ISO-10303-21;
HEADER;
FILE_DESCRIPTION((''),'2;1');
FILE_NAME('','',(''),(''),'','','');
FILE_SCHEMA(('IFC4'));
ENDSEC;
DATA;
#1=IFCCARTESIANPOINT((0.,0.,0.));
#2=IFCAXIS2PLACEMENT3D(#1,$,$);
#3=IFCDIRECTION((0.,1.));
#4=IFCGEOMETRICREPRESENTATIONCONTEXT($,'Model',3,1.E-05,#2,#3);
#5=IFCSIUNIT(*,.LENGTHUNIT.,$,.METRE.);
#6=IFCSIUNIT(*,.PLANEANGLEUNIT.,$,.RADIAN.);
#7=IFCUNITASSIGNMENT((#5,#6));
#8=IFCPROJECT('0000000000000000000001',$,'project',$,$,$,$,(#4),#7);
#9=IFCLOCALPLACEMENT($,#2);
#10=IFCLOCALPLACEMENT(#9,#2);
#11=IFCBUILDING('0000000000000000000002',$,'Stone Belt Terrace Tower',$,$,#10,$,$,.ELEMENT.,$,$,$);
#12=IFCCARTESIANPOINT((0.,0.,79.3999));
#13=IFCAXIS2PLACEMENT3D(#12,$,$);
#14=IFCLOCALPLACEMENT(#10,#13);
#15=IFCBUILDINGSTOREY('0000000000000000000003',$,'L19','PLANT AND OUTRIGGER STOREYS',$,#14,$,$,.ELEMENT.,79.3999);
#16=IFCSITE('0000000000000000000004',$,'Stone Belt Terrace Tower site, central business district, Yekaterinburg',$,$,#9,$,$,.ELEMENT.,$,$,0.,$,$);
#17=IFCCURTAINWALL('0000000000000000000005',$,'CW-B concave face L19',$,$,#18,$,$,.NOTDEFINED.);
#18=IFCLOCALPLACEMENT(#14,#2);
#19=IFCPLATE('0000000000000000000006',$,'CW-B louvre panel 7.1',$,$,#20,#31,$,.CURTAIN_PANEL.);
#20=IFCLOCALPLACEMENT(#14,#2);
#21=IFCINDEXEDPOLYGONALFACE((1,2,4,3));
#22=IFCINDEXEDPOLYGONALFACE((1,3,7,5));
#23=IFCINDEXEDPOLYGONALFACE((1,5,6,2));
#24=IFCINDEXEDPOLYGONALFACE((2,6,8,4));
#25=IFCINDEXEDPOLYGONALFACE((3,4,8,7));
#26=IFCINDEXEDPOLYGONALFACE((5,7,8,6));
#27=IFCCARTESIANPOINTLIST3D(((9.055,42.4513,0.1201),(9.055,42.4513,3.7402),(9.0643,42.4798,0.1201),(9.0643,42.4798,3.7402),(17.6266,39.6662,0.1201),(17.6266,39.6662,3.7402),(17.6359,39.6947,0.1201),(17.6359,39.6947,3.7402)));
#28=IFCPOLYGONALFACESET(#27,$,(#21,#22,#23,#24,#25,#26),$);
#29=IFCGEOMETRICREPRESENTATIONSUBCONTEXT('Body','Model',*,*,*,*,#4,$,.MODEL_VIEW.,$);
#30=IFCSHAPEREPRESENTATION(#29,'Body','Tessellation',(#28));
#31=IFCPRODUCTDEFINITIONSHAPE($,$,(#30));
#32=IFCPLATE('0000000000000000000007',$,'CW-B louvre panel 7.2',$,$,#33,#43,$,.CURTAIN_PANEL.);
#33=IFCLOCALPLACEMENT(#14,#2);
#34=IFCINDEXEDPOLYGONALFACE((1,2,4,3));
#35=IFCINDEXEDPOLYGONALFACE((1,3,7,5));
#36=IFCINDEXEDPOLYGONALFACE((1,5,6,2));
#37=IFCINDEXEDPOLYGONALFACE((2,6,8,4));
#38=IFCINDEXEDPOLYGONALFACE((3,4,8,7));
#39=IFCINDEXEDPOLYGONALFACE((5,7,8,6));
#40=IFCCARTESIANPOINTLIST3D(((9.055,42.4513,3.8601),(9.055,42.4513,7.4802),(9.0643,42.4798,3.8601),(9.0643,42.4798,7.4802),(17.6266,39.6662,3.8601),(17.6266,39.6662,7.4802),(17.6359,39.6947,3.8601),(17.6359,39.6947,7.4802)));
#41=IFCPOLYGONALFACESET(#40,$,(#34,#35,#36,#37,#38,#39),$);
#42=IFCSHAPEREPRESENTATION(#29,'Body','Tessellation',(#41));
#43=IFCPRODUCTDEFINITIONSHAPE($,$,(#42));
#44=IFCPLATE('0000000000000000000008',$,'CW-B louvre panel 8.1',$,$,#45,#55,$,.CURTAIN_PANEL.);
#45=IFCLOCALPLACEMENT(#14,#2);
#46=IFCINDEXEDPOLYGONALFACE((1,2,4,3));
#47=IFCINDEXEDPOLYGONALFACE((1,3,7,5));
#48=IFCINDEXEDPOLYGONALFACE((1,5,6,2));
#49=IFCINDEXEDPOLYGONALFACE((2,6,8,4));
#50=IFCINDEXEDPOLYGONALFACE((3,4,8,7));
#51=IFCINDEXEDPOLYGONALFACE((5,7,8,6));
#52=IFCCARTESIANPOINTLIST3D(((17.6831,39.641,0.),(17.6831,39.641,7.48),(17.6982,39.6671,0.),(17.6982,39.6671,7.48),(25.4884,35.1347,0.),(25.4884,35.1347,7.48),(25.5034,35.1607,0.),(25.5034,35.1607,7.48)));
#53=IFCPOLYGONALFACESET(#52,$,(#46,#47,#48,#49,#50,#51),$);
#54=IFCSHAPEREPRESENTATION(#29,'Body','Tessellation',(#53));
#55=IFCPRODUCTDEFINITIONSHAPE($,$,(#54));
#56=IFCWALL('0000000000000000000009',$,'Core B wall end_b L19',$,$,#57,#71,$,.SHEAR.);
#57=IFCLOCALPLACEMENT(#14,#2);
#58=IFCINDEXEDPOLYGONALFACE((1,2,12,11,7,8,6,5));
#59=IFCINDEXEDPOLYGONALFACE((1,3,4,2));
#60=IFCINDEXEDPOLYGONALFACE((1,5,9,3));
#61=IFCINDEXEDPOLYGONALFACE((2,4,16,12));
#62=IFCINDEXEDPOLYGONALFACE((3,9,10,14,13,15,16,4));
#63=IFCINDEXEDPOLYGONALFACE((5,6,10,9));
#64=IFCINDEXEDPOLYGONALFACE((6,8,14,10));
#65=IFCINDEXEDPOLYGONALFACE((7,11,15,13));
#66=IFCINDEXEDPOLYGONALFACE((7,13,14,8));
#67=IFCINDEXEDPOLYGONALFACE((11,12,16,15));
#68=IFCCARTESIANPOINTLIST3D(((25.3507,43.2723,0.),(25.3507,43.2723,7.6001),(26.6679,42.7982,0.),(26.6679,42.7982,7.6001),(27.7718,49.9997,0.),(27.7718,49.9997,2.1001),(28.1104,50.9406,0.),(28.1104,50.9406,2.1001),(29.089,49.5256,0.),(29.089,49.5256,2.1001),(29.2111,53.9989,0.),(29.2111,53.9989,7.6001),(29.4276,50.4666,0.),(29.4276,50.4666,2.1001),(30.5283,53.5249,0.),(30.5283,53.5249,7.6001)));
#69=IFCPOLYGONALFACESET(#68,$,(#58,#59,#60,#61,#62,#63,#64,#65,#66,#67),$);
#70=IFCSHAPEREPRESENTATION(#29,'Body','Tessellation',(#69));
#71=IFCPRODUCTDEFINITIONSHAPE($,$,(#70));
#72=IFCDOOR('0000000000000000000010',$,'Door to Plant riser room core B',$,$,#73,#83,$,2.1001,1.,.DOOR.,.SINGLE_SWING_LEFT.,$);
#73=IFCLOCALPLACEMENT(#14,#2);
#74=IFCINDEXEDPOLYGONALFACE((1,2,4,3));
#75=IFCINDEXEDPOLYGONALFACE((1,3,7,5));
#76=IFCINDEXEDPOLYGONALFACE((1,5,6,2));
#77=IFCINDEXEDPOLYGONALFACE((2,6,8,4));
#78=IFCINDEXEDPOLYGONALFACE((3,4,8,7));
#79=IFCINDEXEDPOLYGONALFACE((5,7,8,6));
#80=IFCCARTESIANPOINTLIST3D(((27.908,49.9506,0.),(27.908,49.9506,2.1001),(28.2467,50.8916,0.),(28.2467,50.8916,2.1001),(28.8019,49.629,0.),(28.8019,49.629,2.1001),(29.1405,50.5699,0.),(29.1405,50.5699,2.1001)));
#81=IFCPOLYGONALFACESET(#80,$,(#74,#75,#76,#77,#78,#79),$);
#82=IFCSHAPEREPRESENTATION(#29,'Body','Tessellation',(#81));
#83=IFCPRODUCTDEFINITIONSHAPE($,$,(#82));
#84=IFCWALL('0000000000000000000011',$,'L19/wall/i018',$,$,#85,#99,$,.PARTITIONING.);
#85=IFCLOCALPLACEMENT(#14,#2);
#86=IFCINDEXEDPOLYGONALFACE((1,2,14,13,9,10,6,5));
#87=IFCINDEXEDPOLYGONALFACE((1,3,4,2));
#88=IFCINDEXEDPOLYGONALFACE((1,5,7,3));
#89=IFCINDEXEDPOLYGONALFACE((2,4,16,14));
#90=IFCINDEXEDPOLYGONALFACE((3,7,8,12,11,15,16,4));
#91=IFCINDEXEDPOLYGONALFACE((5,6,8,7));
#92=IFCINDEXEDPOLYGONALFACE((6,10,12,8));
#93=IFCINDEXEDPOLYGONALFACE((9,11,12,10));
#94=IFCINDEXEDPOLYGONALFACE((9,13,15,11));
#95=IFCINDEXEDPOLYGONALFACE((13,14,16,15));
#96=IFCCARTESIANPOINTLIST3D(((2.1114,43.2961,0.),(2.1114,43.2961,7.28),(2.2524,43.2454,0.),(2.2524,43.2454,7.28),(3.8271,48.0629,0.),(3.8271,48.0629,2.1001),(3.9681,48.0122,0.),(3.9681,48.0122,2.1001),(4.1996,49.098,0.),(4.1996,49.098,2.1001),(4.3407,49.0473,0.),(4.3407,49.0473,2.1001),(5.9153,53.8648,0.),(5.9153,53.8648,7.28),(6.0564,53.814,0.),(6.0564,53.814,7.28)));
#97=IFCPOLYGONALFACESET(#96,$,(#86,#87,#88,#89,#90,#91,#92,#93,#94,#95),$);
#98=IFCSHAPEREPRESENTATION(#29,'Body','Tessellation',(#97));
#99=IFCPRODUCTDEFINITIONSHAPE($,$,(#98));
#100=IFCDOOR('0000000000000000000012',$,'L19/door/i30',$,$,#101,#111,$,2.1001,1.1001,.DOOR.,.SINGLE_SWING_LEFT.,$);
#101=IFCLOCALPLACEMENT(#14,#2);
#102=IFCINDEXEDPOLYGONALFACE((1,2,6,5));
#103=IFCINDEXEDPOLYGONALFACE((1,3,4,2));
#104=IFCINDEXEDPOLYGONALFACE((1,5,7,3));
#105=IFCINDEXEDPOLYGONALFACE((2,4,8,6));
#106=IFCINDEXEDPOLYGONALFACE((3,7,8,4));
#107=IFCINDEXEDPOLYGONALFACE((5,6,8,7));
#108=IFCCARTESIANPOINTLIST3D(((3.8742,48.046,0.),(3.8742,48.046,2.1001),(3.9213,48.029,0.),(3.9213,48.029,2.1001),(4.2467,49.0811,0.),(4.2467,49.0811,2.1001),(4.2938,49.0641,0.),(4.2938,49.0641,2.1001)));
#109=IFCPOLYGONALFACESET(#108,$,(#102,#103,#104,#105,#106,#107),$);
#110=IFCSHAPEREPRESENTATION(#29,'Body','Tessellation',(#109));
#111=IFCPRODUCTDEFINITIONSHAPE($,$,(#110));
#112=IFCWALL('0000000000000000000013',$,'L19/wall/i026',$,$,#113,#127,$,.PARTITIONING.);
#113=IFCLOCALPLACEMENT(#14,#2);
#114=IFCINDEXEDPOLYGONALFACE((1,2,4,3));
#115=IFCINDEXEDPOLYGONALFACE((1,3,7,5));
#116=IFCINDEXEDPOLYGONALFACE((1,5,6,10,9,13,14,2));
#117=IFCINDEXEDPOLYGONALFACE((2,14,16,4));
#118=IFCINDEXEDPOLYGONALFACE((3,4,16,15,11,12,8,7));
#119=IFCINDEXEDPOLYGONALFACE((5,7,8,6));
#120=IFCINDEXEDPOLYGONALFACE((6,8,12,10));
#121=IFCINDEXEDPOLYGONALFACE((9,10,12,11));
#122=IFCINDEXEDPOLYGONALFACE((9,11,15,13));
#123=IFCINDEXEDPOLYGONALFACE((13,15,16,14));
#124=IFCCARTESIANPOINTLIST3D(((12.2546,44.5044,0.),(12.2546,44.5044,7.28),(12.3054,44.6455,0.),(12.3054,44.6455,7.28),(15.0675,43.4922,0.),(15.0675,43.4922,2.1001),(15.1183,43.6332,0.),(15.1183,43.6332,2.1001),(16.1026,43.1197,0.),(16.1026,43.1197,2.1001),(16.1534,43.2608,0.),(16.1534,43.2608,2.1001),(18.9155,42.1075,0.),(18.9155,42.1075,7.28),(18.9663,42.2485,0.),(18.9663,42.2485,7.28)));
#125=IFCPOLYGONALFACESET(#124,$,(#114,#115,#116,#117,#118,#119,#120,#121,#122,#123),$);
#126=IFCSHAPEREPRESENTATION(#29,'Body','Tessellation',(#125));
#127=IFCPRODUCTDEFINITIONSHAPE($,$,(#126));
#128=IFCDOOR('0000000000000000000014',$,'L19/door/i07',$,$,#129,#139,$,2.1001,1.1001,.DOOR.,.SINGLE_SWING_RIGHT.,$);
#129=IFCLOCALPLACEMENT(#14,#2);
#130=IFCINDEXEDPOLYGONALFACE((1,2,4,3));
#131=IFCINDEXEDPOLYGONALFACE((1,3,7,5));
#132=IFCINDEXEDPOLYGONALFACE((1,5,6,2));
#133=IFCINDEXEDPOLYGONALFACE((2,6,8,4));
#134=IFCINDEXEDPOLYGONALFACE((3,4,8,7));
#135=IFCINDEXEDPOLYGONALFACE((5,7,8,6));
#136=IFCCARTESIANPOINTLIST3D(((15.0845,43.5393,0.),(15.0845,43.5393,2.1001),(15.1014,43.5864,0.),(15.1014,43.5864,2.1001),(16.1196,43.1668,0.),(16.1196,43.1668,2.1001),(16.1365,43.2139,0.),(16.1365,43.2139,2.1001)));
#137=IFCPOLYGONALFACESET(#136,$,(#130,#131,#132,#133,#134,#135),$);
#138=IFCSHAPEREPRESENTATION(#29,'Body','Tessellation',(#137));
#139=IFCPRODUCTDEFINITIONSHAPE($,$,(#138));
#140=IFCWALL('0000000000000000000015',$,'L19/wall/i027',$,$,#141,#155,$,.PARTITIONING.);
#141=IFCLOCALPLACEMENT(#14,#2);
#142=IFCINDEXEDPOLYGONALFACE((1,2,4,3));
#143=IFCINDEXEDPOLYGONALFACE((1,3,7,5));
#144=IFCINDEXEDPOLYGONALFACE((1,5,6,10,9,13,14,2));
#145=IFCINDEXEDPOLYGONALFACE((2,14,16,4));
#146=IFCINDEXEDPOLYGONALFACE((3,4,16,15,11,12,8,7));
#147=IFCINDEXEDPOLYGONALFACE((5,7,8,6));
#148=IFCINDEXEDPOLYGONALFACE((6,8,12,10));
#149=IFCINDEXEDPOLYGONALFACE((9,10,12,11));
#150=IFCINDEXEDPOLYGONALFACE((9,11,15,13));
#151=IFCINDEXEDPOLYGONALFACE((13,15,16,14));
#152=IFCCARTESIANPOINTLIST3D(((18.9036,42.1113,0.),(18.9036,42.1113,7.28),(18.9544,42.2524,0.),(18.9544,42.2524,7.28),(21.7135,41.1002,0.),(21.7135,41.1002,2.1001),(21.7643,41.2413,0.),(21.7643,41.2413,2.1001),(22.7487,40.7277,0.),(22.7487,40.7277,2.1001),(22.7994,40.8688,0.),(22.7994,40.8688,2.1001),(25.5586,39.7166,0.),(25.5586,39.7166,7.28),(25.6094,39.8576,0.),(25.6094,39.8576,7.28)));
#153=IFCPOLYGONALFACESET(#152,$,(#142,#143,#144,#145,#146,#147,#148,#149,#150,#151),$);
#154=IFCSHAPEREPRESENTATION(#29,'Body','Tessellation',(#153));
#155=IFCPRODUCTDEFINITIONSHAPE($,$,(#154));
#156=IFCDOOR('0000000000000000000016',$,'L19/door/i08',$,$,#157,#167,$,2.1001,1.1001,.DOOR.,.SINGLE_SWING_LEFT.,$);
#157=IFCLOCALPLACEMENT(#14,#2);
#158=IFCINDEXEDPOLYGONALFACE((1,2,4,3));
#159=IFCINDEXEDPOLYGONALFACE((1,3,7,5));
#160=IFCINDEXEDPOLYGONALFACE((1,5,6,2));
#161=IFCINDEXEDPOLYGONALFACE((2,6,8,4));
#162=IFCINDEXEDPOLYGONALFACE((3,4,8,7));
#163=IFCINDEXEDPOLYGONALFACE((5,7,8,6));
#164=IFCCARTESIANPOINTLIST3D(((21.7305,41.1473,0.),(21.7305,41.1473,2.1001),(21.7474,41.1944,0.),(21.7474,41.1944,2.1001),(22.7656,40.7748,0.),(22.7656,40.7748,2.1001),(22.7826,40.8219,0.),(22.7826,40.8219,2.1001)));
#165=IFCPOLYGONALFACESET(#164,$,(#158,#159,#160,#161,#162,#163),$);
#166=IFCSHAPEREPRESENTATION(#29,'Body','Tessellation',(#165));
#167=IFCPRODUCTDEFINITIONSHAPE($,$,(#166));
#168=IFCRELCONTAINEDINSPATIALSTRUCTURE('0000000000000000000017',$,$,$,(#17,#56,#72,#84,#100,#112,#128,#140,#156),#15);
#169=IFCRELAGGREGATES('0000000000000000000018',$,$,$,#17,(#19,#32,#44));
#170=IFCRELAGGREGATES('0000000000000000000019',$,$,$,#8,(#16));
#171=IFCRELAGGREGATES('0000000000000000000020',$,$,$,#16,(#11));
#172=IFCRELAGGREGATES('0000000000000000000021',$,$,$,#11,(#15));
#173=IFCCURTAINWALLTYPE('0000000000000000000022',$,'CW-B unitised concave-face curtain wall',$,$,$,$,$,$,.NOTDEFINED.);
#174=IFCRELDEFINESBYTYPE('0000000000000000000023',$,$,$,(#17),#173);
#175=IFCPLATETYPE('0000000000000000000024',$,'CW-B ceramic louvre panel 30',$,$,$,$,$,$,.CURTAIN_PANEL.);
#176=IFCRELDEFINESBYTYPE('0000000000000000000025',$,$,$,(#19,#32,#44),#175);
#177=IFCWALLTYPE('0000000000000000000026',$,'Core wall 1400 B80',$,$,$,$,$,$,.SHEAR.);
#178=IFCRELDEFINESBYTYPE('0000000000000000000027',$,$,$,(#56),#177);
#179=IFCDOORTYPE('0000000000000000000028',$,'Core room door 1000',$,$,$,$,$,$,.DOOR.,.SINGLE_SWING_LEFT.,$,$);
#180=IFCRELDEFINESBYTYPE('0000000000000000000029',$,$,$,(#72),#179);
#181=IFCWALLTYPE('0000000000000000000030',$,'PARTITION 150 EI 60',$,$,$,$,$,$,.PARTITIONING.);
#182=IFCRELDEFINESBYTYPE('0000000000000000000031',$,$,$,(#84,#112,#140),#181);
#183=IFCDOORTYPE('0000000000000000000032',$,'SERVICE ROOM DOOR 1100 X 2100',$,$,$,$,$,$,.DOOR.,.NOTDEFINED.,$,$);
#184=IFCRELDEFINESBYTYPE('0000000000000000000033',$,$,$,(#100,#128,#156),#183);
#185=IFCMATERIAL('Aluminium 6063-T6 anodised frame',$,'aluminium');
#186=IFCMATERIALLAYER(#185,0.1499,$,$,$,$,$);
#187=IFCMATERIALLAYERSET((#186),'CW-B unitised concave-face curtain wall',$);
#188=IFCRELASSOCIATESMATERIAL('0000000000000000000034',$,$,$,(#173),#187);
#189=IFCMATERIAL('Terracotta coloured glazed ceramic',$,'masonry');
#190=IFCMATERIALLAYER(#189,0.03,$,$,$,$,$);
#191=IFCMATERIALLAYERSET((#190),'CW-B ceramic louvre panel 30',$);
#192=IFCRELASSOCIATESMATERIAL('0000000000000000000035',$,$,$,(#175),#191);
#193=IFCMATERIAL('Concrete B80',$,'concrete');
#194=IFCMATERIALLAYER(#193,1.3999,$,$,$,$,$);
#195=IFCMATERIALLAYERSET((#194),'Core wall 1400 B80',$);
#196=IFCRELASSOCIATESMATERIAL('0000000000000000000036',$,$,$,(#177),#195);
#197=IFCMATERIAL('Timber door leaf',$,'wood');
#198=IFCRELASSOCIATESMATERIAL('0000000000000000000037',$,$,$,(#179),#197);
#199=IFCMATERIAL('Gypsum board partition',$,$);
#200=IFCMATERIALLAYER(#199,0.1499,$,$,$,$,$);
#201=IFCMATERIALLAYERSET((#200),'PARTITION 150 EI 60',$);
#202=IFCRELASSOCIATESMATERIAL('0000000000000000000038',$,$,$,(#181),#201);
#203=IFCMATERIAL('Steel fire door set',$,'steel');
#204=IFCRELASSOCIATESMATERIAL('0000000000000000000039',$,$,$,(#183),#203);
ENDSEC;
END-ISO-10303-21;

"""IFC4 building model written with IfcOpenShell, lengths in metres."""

from ifc_helpers import new_model, si_unit, direction, frame, frame_2d, origin, origin_2d, place, context, subcontext, project, spatial, rectangle, extrude, material, layer, layer_set, type_object, element, fill, aggregate, save


model = new_model("IFC4")

# Units and contexts
model_context = context("Model", 3, precision=1e-05, world=origin(), true_north=direction((0.0, 1.0)))
body_context = subcontext(model_context, "Body", "Model", "MODEL_VIEW")
ifc_project = project(units=[si_unit("LENGTHUNIT", "METRE"), si_unit("PLANEANGLEUNIT", "RADIAN")], contexts=[model_context])

# Site, building, storey
site_placement = place(None, origin())
site = spatial("IfcSite", under=ifc_project, at=site_placement, Name="Stone Belt Terrace Tower site, central business district, Yekaterinburg", CompositionType="ELEMENT", RefElevation=0.0)
building_placement = place(site_placement, origin())
building = spatial("IfcBuilding", under=site, at=building_placement, Name="Stone Belt Terrace Tower", CompositionType="ELEMENT")
storey_placement = place(building_placement, frame((0.0, 0.0, 79.3999)))
storey = spatial("IfcBuildingStorey", under=building, at=storey_placement, Name="L19", Description="PLANT AND OUTRIGGER STOREYS", CompositionType="ELEMENT", Elevation=79.3999)

# Shared definitions
ifc_material_1 = material(Name="Concrete B80", Category="concrete")

# Curtain wall
ifc_material_2 = material(Name="Aluminium 6063-T6 anodised frame", Category="aluminium")
ifc_layer_1 = layer(ifc_material_2, 0.1499)
ifc_layer_set_1 = layer_set([ifc_layer_1], Name="CW-B unitised concave-face curtain wall")
curtain_wall_type = type_object("IfcCurtainWallType", Name="CW-B unitised concave-face curtain wall", PredefinedType="NOTDEFINED", material=ifc_layer_set_1)
curtain_wall_placement = place(storey_placement, origin())
curtain_wall = element("IfcCurtainWall", 1, at=curtain_wall_placement, inside=storey, type_object=curtain_wall_type, Name="CW-B concave face L19", PredefinedType="NOTDEFINED")

# Plates
ifc_material_3 = material(Name="Terracotta coloured glazed ceramic", Category="masonry")
ifc_layer_2 = layer(ifc_material_3, 0.03)
ifc_layer_set_2 = layer_set([ifc_layer_2], Name="CW-B ceramic louvre panel 30")
plate_type = type_object("IfcPlateType", Name="CW-B ceramic louvre panel 30", PredefinedType="CURTAIN_PANEL", material=ifc_layer_set_2)
plate_1_placement = place(storey_placement, frame((13.3455, 41.073, 0.1201), z_axis=(0.0, 0.0, 1.0), x_axis=(0.951057, -0.309017, 0.0)))
plate_1 = element("IfcPlate", 2, at=plate_1_placement, type_object=plate_type, Name="CW-B louvre panel 7.1", PredefinedType="CURTAIN_PANEL", context=body_context, shape_type="SweptSolid", body=[
    extrude(rectangle(XDim=9.0127, YDim=0.03, at=origin_2d()), origin(), (0.0, 0.0, 1.0), 3.6201),
])
plate_2_placement = place(storey_placement, frame((13.3455, 41.073, 3.8601), z_axis=(0.0, 0.0, 1.0), x_axis=(0.951057, -0.309017, 0.0)))
plate_2 = element("IfcPlate", 3, at=plate_2_placement, type_object=plate_type, Name="CW-B louvre panel 7.2", PredefinedType="CURTAIN_PANEL", context=body_context, shape_type="SweptSolid", body=[
    extrude(rectangle(XDim=9.0127, YDim=0.03, at=origin_2d()), origin(), (0.0, 0.0, 1.0), 3.6201),
])
plate_3_placement = place(storey_placement, frame((21.5933, 37.4009, 0.0), z_axis=(0.0, 0.0, 1.0), x_axis=(0.866025, -0.5, 0.0)))
plate_3 = element("IfcPlate", 4, at=plate_3_placement, type_object=plate_type, Name="CW-B louvre panel 8.1", PredefinedType="CURTAIN_PANEL", context=body_context, shape_type="SweptSolid", body=[
    extrude(rectangle(XDim=9.0127, YDim=0.03, at=origin_2d()), origin(), (0.0, 0.0, 1.0), 7.48),
])
aggregate(curtain_wall, [plate_1, plate_2, plate_3])

# Walls, openings, doors
ifc_layer_3 = layer(ifc_material_1, 1.3999)
ifc_layer_set_3 = layer_set([ifc_layer_3], Name="Core wall 1400 B80")
wall_type_1 = type_object("IfcWallType", Name="Core wall 1400 B80", PredefinedType="SHEAR", material=ifc_layer_set_3)
wall_1_placement = place(storey_placement, frame((26.0093, 43.0352, 0.0), z_axis=(0.0, 0.0, 1.0), x_axis=(0.338625, 0.940921, 0.0)))
wall_1 = element("IfcWall", 5, at=wall_1_placement, inside=storey, type_object=wall_type_1, Name="Core B wall end_b L19", PredefinedType="SHEAR", context=body_context, shape_type="SweptSolid", body=[
    extrude(rectangle(XDim=11.4001, YDim=1.3999, at=frame_2d((5.7002, 0.0))), origin(), (0.0, 0.0, 1.0), 7.6001),
])
opening_1_placement = place(wall_1_placement, frame((7.1499, 0.0, 0.0)))
opening_1 = element("IfcOpeningElement", 6, at=opening_1_placement, cuts=wall_1, PredefinedType="OPENING", context=body_context, shape_type="SweptSolid", body=[
    extrude(rectangle(XDim=1.0, YDim=2.1001, at=frame_2d((0.5, 1.05))), frame((0.0, 0.71, 0.0), z_axis=(0.0, -1.0, 0.0), x_axis=(1.0, 0.0, 0.0)), (0.0, 0.0, 1.0), 1.4199),
])
ifc_material_4 = material(Name="Timber door leaf", Category="wood")
door_type_1 = type_object("IfcDoorType", Name="Core room door 1000", OperationType="SINGLE_SWING_LEFT", PredefinedType="DOOR", material=ifc_material_4)
door_1_placement = place(opening_1_placement, origin())
door_1 = element("IfcDoor", 7, at=door_1_placement, inside=storey, type_object=door_type_1, Name="Door to Plant riser room core B", OperationType="SINGLE_SWING_LEFT", OverallHeight=2.1001, OverallWidth=1.0, PredefinedType="DOOR", context=body_context, shape_type="SweptSolid", body=[
    extrude(rectangle(XDim=1.0, YDim=2.1001, at=frame_2d((0.5, 1.05))), frame((0.0, 0.5552, 0.0), z_axis=(0.0, -1.0, 0.0), x_axis=(1.0, 0.0, 0.0)), (0.0, 0.0, 1.0), 0.95),
])
fill(opening_1, door_1)
ifc_material_5 = material(Name="Gypsum board partition")
ifc_layer_4 = layer(ifc_material_5, 0.1499)
ifc_layer_set_4 = layer_set([ifc_layer_4], Name="PARTITION 150 EI 60")
wall_type_2 = type_object("IfcWallType", Name="PARTITION 150 EI 60", PredefinedType="PARTITIONING", material=ifc_layer_set_4)
wall_2_placement = place(storey_placement, frame((2.1819, 43.2708, 0.0), z_axis=(0.0, 0.0, 1.0), x_axis=(0.338661, 0.940908, 0.0)))
wall_2 = element("IfcWall", 8, at=wall_2_placement, inside=storey, type_object=wall_type_2, Name="L19/wall/i018", PredefinedType="PARTITIONING", context=body_context, shape_type="SweptSolid", body=[
    extrude(rectangle(XDim=11.2324, YDim=0.1499, at=frame_2d((5.6162, 0.0))), origin(), (0.0, 0.0, 1.0), 7.28),
])
opening_2_placement = place(wall_2_placement, frame((5.0662, 0.0, 0.0)))
opening_2 = element("IfcOpeningElement", 9, at=opening_2_placement, cuts=wall_2, PredefinedType="OPENING", context=body_context, shape_type="SweptSolid", body=[
    extrude(rectangle(XDim=1.1001, YDim=2.1001, at=frame_2d((0.55, 1.05))), frame((0.0, 0.085, 0.0), z_axis=(0.0, -1.0, 0.0), x_axis=(1.0, 0.0, 0.0)), (0.0, 0.0, 1.0), 0.1699),
])
ifc_material_6 = material(Name="Steel fire door set", Category="steel")
door_type_2 = type_object("IfcDoorType", Name="SERVICE ROOM DOOR 1100 X 2100", OperationType="NOTDEFINED", PredefinedType="DOOR", material=ifc_material_6)
door_2_placement = place(opening_2_placement, origin())
door_2 = element("IfcDoor", 10, at=door_2_placement, inside=storey, type_object=door_type_2, Name="L19/door/i30", OperationType="SINGLE_SWING_LEFT", OverallHeight=2.1001, OverallWidth=1.1001, PredefinedType="DOOR", context=body_context, shape_type="SweptSolid", body=[
    extrude(rectangle(XDim=1.1001, YDim=2.1001, at=frame_2d((0.55, 1.05))), frame((0.0, 0.0249, 0.0), z_axis=(0.0, -1.0, 0.0), x_axis=(1.0, 0.0, 0.0)), (0.0, 0.0, 1.0), 0.05),
])
fill(opening_2, door_2)
wall_3_placement = place(storey_placement, frame((18.9409, 42.178, 0.0), z_axis=(0.0, 0.0, 1.0), x_axis=(-0.94093, 0.338601, 0.0)))
wall_3 = element("IfcWall", 11, at=wall_3_placement, inside=storey, type_object=wall_type_2, Name="L19/wall/i026", PredefinedType="PARTITIONING", context=body_context, shape_type="SweptSolid", body=[
    extrude(rectangle(XDim=7.0791, YDim=0.1499, at=frame_2d((3.5396, 0.0))), origin(), (0.0, 0.0, 1.0), 7.28),
])
opening_3_placement = place(wall_3_placement, frame((2.9895, 0.0, 0.0)))
opening_3 = element("IfcOpeningElement", 12, at=opening_3_placement, cuts=wall_3, PredefinedType="OPENING", context=body_context, shape_type="SweptSolid", body=[
    extrude(rectangle(XDim=1.1001, YDim=2.1001, at=frame_2d((0.55, 1.05))), frame((0.0, 0.085, 0.0), z_axis=(0.0, -1.0, 0.0), x_axis=(1.0, 0.0, 0.0)), (0.0, 0.0, 1.0), 0.1699),
])
door_3_placement = place(opening_3_placement, origin())
door_3 = element("IfcDoor", 13, at=door_3_placement, inside=storey, type_object=door_type_2, Name="L19/door/i07", OperationType="SINGLE_SWING_RIGHT", OverallHeight=2.1001, OverallWidth=1.1001, PredefinedType="DOOR", context=body_context, shape_type="SweptSolid", body=[
    extrude(rectangle(XDim=1.1001, YDim=2.1001, at=frame_2d((0.55, 1.05))), frame((0.0, 0.0249, 0.0), z_axis=(0.0, -1.0, 0.0), x_axis=(1.0, 0.0, 0.0)), (0.0, 0.0, 1.0), 0.05),
])
fill(opening_3, door_3)
wall_4_placement = place(storey_placement, frame((25.584, 39.7871, 0.0), z_axis=(0.0, 0.0, 1.0), x_axis=(-0.940934, 0.33859, 0.0)))
wall_4 = element("IfcWall", 14, at=wall_4_placement, inside=storey, type_object=wall_type_2, Name="L19/wall/i027", PredefinedType="PARTITIONING", context=body_context, shape_type="SweptSolid", body=[
    extrude(rectangle(XDim=7.0728, YDim=0.1499, at=frame_2d((3.5364, 0.0))), origin(), (0.0, 0.0, 1.0), 7.28),
])
opening_4_placement = place(wall_4_placement, frame((2.9863, 0.0, 0.0)))
opening_4 = element("IfcOpeningElement", 15, at=opening_4_placement, cuts=wall_4, PredefinedType="OPENING", context=body_context, shape_type="SweptSolid", body=[
    extrude(rectangle(XDim=1.1001, YDim=2.1001, at=frame_2d((0.55, 1.05))), frame((0.0, 0.085, 0.0), z_axis=(0.0, -1.0, 0.0), x_axis=(1.0, 0.0, 0.0)), (0.0, 0.0, 1.0), 0.1699),
])
door_4_placement = place(opening_4_placement, origin())
door_4 = element("IfcDoor", 16, at=door_4_placement, inside=storey, type_object=door_type_2, Name="L19/door/i08", OperationType="SINGLE_SWING_LEFT", OverallHeight=2.1001, OverallWidth=1.1001, PredefinedType="DOOR", context=body_context, shape_type="SweptSolid", body=[
    extrude(rectangle(XDim=1.1001, YDim=2.1001, at=frame_2d((0.55, 1.05))), frame((0.0, 0.0249, 0.0), z_axis=(0.0, -1.0, 0.0), x_axis=(1.0, 0.0, 0.0)), (0.0, 0.0, 1.0), 0.05),
])
fill(opening_4, door_4)

save(model, "model.ifc")
